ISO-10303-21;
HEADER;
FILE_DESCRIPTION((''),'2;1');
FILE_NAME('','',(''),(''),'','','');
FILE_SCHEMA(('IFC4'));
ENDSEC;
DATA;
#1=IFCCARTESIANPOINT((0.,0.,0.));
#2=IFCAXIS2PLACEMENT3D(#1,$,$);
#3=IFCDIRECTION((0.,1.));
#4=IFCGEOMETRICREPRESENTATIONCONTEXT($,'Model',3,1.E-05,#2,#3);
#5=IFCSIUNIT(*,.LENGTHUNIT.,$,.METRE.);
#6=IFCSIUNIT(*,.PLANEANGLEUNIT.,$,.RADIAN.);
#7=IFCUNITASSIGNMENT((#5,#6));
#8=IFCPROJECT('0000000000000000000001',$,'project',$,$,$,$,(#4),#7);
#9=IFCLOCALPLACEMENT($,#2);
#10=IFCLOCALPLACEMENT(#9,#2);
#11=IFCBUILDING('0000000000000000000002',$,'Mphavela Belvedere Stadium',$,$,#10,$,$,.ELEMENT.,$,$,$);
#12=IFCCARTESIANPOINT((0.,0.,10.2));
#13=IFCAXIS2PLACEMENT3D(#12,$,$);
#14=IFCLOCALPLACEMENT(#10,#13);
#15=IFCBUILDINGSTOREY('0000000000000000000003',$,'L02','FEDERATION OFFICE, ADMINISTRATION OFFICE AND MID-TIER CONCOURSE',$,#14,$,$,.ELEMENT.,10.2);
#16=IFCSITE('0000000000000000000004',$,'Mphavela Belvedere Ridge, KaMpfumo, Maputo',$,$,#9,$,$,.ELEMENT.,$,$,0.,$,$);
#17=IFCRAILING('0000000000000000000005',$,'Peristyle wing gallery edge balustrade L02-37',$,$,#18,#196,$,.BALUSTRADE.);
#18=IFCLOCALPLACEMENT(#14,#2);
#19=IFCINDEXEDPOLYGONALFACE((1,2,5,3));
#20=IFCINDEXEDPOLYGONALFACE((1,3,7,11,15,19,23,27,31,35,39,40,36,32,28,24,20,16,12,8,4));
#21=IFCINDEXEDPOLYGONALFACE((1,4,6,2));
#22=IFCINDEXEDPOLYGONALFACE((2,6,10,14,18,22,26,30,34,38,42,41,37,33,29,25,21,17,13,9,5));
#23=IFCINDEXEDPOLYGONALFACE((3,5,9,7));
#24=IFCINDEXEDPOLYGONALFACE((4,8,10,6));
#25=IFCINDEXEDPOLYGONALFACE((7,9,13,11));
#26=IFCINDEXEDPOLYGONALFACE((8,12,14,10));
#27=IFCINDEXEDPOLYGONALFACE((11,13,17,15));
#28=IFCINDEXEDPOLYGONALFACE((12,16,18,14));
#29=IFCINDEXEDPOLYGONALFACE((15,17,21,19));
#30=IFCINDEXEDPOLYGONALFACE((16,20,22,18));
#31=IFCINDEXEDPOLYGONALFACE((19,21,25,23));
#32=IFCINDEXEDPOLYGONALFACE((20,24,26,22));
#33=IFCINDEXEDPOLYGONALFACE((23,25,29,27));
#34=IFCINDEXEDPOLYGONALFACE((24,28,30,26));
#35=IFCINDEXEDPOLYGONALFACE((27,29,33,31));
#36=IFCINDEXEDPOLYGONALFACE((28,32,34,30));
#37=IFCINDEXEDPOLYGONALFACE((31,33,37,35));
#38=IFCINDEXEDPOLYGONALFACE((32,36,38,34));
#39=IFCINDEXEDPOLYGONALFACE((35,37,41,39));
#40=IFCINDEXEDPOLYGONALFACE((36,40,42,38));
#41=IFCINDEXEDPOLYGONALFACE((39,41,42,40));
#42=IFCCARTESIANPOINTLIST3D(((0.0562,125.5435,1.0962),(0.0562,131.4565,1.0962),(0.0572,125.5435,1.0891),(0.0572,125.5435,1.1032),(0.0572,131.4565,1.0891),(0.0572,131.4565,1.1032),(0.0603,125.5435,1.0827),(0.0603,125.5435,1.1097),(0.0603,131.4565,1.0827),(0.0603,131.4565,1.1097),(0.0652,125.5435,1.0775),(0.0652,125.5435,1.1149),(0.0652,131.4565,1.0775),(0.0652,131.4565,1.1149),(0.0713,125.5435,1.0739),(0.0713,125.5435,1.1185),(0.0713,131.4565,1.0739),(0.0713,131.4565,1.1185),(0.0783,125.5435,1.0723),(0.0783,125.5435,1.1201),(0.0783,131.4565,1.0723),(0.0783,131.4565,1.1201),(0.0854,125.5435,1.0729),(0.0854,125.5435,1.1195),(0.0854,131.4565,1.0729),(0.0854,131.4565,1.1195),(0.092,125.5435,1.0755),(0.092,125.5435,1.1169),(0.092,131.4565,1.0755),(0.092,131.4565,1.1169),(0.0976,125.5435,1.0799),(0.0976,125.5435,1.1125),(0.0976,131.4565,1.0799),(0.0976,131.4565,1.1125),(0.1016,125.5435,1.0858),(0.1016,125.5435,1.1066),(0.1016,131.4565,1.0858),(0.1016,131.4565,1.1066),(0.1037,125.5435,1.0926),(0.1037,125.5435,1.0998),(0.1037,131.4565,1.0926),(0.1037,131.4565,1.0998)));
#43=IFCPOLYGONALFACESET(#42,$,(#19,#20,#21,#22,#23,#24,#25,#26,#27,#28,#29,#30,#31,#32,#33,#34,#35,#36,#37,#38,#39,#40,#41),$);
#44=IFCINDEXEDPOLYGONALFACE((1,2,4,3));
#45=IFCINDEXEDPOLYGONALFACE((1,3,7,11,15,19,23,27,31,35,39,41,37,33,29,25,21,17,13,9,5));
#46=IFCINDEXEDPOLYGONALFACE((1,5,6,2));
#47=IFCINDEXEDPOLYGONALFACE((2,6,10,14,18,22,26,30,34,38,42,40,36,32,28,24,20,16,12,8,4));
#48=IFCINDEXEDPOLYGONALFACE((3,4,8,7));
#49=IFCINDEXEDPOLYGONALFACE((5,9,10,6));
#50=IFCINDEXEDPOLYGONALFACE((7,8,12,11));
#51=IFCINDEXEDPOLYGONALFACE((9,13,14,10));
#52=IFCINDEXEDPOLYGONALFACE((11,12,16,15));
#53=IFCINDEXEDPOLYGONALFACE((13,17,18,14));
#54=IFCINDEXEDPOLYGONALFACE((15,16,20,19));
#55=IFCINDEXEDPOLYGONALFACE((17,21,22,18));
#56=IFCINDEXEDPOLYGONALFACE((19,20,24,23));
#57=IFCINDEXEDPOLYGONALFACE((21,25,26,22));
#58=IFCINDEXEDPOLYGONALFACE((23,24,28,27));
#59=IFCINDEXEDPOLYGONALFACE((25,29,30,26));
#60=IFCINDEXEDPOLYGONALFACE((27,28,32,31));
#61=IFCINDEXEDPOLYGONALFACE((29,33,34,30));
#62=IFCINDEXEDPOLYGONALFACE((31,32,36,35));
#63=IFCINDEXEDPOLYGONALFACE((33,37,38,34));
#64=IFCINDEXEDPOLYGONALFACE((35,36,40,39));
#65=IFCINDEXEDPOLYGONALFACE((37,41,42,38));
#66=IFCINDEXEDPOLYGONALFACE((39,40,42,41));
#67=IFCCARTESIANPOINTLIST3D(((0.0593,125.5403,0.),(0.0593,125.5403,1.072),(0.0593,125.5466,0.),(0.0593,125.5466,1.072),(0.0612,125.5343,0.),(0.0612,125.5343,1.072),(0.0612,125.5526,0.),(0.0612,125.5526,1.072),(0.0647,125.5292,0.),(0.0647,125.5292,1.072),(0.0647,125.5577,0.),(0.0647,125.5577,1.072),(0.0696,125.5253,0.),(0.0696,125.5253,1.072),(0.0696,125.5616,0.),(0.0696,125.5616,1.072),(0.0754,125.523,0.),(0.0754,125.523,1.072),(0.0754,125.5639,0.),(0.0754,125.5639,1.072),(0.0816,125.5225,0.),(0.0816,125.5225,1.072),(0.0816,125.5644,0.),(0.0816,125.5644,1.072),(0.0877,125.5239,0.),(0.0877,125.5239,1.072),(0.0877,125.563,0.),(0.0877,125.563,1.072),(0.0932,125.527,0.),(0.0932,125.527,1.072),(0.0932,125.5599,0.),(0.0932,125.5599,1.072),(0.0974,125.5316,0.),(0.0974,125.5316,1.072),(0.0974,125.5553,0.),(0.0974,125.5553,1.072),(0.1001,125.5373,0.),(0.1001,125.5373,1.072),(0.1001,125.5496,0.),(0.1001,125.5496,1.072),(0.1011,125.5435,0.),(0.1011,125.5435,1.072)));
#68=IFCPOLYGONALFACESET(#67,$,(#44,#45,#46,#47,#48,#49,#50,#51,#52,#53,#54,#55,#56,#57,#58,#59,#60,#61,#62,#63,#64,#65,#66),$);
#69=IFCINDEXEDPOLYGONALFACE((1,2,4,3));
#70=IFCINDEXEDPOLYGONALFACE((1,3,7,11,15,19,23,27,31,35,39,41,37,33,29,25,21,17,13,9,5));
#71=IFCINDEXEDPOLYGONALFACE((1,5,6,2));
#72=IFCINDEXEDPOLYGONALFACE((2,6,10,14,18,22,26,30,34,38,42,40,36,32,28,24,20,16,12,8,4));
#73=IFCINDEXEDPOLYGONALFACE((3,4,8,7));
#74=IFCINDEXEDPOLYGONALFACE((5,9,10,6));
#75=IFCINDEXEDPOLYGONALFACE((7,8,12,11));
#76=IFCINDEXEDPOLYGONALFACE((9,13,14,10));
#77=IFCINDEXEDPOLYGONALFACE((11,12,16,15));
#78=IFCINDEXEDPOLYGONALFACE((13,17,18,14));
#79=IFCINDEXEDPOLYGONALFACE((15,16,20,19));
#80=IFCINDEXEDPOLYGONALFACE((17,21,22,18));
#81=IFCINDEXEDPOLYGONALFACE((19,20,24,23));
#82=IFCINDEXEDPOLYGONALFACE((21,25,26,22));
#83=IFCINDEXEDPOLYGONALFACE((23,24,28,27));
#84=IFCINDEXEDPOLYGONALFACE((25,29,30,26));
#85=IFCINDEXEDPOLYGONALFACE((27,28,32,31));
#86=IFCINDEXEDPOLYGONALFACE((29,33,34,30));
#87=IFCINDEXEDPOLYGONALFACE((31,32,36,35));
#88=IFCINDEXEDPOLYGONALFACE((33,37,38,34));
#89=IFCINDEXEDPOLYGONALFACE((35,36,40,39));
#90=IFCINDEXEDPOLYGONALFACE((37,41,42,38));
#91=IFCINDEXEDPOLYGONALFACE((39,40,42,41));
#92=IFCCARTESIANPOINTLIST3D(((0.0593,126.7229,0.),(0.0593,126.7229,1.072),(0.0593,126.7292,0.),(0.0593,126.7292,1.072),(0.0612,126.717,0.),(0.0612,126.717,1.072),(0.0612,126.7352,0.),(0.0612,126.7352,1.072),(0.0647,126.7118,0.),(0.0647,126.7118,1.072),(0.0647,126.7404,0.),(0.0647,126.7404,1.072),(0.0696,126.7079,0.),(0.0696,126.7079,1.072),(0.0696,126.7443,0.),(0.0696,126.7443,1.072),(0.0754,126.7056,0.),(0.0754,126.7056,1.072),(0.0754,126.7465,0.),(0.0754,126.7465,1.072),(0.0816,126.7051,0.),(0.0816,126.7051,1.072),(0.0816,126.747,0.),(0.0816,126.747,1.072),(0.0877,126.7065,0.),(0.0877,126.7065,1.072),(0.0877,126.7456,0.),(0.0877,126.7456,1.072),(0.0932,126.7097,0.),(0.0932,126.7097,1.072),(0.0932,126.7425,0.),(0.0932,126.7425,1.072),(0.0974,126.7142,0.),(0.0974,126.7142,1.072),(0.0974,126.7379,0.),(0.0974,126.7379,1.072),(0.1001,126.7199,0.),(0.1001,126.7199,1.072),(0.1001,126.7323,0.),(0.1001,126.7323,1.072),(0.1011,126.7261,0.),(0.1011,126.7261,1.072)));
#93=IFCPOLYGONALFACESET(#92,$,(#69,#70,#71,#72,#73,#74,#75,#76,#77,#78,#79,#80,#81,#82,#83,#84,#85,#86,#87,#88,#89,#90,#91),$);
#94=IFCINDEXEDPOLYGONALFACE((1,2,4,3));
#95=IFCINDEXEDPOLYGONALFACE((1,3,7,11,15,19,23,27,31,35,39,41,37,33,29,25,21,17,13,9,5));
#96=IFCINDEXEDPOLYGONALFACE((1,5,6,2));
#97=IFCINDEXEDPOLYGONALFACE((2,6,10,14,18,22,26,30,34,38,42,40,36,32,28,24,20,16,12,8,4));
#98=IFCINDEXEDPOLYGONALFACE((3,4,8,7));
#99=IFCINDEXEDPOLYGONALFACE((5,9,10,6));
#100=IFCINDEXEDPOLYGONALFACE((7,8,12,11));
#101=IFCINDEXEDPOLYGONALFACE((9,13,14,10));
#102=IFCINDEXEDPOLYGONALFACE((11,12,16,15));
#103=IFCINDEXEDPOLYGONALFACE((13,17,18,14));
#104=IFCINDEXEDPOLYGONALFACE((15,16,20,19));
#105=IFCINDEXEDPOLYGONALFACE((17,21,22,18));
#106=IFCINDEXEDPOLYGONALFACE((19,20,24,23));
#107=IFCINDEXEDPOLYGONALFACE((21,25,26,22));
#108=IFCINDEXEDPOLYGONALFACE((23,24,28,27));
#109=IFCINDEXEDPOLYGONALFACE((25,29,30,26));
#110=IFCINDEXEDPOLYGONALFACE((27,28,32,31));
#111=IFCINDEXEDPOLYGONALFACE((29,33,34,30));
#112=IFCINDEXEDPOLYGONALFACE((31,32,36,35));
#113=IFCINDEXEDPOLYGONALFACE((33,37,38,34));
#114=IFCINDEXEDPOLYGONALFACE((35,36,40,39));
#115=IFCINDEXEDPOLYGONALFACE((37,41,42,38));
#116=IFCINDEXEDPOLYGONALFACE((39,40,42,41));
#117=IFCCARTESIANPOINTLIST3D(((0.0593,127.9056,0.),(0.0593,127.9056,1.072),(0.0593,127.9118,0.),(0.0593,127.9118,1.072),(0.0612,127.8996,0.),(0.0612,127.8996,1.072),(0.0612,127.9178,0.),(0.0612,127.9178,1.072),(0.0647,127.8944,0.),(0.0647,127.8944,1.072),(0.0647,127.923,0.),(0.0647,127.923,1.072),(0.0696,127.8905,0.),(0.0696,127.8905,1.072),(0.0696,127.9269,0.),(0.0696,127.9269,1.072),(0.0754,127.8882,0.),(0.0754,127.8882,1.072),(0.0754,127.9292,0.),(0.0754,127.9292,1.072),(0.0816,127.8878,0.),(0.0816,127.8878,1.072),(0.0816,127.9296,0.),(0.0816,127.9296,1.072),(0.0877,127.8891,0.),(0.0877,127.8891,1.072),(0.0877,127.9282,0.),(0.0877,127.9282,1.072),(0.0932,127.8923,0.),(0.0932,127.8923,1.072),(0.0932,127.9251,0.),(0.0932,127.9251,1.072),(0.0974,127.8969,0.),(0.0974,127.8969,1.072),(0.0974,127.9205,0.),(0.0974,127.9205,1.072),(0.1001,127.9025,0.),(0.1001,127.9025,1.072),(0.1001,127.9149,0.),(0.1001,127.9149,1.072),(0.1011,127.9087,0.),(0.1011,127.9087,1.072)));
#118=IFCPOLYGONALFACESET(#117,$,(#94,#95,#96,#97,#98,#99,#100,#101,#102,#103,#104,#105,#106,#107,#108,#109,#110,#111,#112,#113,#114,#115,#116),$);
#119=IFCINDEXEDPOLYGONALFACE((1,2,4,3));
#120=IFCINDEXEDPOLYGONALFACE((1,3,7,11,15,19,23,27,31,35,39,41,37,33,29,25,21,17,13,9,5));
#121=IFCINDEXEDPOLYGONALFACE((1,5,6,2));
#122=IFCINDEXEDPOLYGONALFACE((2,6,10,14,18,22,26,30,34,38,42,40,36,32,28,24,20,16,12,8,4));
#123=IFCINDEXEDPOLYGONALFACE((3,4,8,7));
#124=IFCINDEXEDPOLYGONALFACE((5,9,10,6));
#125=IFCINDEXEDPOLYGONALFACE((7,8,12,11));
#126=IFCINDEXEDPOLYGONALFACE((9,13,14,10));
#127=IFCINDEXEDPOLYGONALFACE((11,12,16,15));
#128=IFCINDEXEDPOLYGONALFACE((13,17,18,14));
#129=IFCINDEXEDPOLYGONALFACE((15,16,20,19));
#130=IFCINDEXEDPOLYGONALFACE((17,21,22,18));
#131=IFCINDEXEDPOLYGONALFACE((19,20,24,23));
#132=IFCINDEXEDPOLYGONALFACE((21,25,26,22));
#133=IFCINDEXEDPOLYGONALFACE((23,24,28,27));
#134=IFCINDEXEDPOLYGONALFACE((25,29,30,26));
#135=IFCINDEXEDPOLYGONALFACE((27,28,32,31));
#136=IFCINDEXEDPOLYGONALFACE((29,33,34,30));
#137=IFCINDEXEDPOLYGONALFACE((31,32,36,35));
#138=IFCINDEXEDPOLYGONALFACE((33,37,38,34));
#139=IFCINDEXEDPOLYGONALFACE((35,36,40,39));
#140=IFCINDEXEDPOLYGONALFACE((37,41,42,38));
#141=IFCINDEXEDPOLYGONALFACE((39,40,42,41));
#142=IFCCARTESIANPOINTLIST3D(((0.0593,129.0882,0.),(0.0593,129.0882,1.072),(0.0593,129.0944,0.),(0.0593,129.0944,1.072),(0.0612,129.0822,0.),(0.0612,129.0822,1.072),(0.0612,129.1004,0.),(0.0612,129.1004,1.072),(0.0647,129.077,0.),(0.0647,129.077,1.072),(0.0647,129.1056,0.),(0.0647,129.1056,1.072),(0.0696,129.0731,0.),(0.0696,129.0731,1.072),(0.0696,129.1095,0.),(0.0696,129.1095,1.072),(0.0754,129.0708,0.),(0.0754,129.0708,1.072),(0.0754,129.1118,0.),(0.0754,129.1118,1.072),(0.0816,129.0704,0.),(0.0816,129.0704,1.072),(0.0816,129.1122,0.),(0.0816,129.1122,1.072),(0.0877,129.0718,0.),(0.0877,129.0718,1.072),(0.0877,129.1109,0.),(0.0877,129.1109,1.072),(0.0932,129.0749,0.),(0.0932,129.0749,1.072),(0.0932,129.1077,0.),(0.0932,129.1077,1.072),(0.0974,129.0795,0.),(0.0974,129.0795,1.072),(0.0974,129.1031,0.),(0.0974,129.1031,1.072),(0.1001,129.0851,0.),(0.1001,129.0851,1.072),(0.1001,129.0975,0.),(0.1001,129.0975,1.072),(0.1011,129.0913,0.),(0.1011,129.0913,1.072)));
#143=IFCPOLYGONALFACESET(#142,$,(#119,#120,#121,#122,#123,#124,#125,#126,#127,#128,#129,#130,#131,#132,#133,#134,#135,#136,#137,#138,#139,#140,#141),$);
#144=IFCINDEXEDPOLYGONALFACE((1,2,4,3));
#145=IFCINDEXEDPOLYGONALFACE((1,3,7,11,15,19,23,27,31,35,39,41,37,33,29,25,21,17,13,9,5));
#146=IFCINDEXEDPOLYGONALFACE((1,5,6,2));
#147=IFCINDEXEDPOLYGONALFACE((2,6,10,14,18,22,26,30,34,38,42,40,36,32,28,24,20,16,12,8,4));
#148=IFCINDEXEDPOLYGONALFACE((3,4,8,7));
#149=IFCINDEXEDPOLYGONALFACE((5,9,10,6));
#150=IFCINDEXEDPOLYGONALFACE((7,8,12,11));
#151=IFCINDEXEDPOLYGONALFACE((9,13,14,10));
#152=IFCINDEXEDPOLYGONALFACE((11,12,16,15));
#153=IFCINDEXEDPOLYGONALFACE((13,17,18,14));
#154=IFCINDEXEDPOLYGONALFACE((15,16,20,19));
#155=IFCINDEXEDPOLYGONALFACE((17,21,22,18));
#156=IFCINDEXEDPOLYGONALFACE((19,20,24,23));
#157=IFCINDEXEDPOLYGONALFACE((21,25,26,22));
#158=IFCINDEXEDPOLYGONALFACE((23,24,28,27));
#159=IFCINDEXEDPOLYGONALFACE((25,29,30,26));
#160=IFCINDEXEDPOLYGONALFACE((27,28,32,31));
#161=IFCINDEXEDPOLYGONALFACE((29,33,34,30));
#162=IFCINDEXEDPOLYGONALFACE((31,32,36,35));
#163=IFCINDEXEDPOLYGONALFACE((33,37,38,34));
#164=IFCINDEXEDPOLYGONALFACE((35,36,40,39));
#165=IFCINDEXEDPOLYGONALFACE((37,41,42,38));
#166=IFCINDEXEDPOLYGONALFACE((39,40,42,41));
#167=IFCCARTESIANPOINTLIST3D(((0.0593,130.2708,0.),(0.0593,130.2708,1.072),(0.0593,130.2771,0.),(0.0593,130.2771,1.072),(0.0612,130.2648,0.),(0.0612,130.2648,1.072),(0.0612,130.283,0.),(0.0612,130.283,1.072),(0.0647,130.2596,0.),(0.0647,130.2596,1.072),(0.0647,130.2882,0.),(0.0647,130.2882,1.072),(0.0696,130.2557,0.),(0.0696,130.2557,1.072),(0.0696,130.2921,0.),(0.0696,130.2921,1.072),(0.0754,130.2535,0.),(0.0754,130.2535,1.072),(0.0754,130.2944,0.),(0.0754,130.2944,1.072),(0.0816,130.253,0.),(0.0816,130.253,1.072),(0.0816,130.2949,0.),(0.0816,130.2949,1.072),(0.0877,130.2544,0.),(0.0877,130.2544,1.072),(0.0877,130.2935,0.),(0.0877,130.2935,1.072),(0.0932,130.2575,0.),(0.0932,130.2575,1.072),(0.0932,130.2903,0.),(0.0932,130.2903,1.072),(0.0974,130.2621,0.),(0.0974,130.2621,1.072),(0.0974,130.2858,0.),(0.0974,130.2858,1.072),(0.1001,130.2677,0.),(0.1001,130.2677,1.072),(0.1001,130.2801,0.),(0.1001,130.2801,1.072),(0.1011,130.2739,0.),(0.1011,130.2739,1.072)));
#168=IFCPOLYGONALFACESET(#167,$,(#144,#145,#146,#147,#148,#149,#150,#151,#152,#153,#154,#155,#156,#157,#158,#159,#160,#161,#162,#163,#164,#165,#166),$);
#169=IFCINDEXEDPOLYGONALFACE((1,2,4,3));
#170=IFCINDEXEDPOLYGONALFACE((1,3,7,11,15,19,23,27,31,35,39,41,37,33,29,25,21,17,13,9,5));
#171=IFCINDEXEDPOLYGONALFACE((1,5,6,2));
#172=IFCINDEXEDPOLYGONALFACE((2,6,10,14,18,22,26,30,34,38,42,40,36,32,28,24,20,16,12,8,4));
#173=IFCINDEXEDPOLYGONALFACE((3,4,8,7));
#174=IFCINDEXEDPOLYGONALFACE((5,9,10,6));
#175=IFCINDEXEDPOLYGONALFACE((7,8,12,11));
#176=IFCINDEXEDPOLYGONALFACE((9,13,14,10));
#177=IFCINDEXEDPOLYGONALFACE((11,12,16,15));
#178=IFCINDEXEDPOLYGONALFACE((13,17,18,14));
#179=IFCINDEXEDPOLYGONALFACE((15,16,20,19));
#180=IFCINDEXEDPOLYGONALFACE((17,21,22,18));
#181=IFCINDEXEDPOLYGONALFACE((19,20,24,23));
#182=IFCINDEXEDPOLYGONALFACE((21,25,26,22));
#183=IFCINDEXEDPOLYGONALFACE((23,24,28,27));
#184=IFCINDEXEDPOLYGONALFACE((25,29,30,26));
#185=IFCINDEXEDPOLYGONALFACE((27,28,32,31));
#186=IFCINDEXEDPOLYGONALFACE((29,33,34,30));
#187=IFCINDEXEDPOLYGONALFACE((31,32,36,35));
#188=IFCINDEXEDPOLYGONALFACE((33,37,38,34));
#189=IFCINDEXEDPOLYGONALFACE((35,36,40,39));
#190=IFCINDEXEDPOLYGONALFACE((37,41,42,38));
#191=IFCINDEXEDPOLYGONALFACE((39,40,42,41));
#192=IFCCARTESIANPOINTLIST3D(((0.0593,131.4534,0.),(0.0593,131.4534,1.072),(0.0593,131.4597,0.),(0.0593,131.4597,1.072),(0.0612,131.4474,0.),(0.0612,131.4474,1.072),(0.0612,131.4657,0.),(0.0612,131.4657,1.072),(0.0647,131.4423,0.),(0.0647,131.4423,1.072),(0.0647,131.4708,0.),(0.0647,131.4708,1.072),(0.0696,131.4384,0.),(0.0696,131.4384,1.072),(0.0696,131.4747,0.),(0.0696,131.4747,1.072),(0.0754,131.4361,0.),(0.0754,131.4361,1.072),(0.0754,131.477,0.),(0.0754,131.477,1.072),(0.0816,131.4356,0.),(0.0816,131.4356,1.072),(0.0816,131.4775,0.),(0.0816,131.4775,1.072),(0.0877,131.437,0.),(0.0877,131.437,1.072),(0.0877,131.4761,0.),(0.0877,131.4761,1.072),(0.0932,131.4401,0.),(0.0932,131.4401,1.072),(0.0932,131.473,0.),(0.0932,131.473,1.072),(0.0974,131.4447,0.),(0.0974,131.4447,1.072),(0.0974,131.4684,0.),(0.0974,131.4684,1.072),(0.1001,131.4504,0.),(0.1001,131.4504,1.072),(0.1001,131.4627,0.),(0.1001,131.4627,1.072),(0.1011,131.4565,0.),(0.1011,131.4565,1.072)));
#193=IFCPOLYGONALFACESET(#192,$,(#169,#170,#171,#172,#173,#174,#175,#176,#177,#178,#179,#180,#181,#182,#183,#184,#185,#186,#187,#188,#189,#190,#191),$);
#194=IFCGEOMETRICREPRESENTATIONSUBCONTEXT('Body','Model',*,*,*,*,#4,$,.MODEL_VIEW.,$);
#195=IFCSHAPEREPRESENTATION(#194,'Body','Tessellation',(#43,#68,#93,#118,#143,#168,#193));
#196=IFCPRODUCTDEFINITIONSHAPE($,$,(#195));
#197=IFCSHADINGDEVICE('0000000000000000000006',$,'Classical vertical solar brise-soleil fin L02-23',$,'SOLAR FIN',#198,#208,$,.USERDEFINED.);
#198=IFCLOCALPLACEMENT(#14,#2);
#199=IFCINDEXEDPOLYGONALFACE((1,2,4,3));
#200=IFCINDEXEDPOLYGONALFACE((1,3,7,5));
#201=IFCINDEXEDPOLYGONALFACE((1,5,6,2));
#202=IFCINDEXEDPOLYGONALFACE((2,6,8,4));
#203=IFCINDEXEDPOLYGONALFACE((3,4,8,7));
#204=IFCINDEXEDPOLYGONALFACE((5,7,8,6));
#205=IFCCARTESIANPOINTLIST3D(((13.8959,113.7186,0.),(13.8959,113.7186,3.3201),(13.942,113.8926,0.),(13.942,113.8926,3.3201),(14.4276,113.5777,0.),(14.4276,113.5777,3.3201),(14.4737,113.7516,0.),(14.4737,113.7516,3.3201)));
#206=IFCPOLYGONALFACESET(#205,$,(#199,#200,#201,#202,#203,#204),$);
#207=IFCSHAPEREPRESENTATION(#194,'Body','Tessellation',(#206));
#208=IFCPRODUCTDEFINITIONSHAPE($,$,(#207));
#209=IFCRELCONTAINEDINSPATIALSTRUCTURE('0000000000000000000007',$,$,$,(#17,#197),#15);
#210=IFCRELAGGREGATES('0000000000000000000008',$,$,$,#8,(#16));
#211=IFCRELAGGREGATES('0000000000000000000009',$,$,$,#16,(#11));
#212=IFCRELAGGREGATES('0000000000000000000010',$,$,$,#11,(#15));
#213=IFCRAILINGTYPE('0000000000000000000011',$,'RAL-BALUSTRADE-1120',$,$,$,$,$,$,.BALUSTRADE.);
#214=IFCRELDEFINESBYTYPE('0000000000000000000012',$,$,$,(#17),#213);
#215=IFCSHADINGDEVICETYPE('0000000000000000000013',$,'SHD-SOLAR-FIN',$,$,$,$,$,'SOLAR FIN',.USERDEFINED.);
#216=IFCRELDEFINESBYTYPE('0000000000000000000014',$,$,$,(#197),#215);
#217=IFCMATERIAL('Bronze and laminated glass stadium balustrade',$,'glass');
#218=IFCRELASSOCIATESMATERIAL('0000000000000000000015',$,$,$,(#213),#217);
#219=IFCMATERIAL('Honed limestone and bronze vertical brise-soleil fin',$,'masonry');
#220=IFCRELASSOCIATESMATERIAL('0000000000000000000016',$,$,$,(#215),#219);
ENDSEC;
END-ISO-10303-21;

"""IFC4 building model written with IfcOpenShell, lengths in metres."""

from ifc_helpers import new_model, si_unit, direction, frame, origin, origin_2d, place, context, subcontext, project, spatial, rectangle, circle, extrude, material, type_object, element, save


model = new_model("IFC4")

# Units and contexts
model_context = context("Model", 3, precision=1e-05, world=origin(), true_north=direction((0.0, 1.0)))
body_context = subcontext(model_context, "Body", "Model", "MODEL_VIEW")
ifc_project = project(units=[si_unit("LENGTHUNIT", "METRE"), si_unit("PLANEANGLEUNIT", "RADIAN")], contexts=[model_context])

# Site, building, storey
site_placement = place(None, origin())
site = spatial("IfcSite", under=ifc_project, at=site_placement, Name="Mphavela Belvedere Ridge, KaMpfumo, Maputo", CompositionType="ELEMENT", RefElevation=0.0)
building_placement = place(site_placement, origin())
building = spatial("IfcBuilding", under=site, at=building_placement, Name="Mphavela Belvedere Stadium", CompositionType="ELEMENT")
storey_placement = place(building_placement, frame((0.0, 0.0, 10.2)))
storey = spatial("IfcBuildingStorey", under=building, at=storey_placement, Name="L02", Description="FEDERATION OFFICE, ADMINISTRATION OFFICE AND MID-TIER CONCOURSE", CompositionType="ELEMENT", Elevation=10.2)

# Railing
ifc_material_1 = material(Name="Bronze and laminated glass stadium balustrade", Category="glass")
railing_type = type_object("IfcRailingType", Name="RAL-BALUSTRADE-1120", PredefinedType="BALUSTRADE", material=ifc_material_1)
railing_1_placement = place(storey_placement, frame((0.0801, 125.5435, 0.0)))
element("IfcRailing", 1, at=railing_1_placement, inside=storey, type_object=railing_type, Name="Peristyle wing gallery edge balustrade L02-37", PredefinedType="BALUSTRADE", context=body_context, shape_type="SweptSolid", body=[
    extrude(circle(Radius=0.0239, at=origin_2d()), frame((0.0, 0.0, 1.0962), z_axis=(0.0, 1.0, 0.0), x_axis=(-1.0, 0.0, 0.0)), (0.0, 0.0, 1.0), 5.9131),
    extrude(circle(Radius=0.021, at=origin_2d()), origin(), (0.0, 0.0, 1.0), 1.072),
    extrude(circle(Radius=0.021, at=origin_2d()), frame((0.0, 1.1826, 0.0)), (0.0, 0.0, 1.0), 1.072),
    extrude(circle(Radius=0.021, at=origin_2d()), frame((0.0, 2.3652, 0.0)), (0.0, 0.0, 1.0), 1.072),
    extrude(circle(Radius=0.021, at=origin_2d()), frame((0.0, 3.5479, 0.0)), (0.0, 0.0, 1.0), 1.072),
    extrude(circle(Radius=0.021, at=origin_2d()), frame((0.0, 4.7305, 0.0)), (0.0, 0.0, 1.0), 1.072),
    extrude(circle(Radius=0.021, at=origin_2d()), frame((0.0, 5.9131, 0.0)), (0.0, 0.0, 1.0), 1.072),
])

# Shading device
ifc_material_2 = material(Name="Honed limestone and bronze vertical brise-soleil fin", Category="masonry")
shading_device_type = type_object("IfcShadingDeviceType", Name="SHD-SOLAR-FIN", ElementType="SOLAR FIN", PredefinedType="USERDEFINED", material=ifc_material_2)
shading_device_placement = place(storey_placement, frame((14.1848, 113.7351, 0.0), z_axis=(0.0, 0.0, 1.0), x_axis=(-0.9666, 0.256289, 0.0)))
element("IfcShadingDevice", 2, at=shading_device_placement, inside=storey, type_object=shading_device_type, Name="Classical vertical solar brise-soleil fin L02-23", ObjectType="SOLAR FIN", PredefinedType="USERDEFINED", context=body_context, shape_type="SweptSolid", body=[
    extrude(rectangle(XDim=0.55, YDim=0.1799, at=origin_2d()), origin(), (0.0, 0.0, 1.0), 3.3201),
])

save(model, "model.ifc")
